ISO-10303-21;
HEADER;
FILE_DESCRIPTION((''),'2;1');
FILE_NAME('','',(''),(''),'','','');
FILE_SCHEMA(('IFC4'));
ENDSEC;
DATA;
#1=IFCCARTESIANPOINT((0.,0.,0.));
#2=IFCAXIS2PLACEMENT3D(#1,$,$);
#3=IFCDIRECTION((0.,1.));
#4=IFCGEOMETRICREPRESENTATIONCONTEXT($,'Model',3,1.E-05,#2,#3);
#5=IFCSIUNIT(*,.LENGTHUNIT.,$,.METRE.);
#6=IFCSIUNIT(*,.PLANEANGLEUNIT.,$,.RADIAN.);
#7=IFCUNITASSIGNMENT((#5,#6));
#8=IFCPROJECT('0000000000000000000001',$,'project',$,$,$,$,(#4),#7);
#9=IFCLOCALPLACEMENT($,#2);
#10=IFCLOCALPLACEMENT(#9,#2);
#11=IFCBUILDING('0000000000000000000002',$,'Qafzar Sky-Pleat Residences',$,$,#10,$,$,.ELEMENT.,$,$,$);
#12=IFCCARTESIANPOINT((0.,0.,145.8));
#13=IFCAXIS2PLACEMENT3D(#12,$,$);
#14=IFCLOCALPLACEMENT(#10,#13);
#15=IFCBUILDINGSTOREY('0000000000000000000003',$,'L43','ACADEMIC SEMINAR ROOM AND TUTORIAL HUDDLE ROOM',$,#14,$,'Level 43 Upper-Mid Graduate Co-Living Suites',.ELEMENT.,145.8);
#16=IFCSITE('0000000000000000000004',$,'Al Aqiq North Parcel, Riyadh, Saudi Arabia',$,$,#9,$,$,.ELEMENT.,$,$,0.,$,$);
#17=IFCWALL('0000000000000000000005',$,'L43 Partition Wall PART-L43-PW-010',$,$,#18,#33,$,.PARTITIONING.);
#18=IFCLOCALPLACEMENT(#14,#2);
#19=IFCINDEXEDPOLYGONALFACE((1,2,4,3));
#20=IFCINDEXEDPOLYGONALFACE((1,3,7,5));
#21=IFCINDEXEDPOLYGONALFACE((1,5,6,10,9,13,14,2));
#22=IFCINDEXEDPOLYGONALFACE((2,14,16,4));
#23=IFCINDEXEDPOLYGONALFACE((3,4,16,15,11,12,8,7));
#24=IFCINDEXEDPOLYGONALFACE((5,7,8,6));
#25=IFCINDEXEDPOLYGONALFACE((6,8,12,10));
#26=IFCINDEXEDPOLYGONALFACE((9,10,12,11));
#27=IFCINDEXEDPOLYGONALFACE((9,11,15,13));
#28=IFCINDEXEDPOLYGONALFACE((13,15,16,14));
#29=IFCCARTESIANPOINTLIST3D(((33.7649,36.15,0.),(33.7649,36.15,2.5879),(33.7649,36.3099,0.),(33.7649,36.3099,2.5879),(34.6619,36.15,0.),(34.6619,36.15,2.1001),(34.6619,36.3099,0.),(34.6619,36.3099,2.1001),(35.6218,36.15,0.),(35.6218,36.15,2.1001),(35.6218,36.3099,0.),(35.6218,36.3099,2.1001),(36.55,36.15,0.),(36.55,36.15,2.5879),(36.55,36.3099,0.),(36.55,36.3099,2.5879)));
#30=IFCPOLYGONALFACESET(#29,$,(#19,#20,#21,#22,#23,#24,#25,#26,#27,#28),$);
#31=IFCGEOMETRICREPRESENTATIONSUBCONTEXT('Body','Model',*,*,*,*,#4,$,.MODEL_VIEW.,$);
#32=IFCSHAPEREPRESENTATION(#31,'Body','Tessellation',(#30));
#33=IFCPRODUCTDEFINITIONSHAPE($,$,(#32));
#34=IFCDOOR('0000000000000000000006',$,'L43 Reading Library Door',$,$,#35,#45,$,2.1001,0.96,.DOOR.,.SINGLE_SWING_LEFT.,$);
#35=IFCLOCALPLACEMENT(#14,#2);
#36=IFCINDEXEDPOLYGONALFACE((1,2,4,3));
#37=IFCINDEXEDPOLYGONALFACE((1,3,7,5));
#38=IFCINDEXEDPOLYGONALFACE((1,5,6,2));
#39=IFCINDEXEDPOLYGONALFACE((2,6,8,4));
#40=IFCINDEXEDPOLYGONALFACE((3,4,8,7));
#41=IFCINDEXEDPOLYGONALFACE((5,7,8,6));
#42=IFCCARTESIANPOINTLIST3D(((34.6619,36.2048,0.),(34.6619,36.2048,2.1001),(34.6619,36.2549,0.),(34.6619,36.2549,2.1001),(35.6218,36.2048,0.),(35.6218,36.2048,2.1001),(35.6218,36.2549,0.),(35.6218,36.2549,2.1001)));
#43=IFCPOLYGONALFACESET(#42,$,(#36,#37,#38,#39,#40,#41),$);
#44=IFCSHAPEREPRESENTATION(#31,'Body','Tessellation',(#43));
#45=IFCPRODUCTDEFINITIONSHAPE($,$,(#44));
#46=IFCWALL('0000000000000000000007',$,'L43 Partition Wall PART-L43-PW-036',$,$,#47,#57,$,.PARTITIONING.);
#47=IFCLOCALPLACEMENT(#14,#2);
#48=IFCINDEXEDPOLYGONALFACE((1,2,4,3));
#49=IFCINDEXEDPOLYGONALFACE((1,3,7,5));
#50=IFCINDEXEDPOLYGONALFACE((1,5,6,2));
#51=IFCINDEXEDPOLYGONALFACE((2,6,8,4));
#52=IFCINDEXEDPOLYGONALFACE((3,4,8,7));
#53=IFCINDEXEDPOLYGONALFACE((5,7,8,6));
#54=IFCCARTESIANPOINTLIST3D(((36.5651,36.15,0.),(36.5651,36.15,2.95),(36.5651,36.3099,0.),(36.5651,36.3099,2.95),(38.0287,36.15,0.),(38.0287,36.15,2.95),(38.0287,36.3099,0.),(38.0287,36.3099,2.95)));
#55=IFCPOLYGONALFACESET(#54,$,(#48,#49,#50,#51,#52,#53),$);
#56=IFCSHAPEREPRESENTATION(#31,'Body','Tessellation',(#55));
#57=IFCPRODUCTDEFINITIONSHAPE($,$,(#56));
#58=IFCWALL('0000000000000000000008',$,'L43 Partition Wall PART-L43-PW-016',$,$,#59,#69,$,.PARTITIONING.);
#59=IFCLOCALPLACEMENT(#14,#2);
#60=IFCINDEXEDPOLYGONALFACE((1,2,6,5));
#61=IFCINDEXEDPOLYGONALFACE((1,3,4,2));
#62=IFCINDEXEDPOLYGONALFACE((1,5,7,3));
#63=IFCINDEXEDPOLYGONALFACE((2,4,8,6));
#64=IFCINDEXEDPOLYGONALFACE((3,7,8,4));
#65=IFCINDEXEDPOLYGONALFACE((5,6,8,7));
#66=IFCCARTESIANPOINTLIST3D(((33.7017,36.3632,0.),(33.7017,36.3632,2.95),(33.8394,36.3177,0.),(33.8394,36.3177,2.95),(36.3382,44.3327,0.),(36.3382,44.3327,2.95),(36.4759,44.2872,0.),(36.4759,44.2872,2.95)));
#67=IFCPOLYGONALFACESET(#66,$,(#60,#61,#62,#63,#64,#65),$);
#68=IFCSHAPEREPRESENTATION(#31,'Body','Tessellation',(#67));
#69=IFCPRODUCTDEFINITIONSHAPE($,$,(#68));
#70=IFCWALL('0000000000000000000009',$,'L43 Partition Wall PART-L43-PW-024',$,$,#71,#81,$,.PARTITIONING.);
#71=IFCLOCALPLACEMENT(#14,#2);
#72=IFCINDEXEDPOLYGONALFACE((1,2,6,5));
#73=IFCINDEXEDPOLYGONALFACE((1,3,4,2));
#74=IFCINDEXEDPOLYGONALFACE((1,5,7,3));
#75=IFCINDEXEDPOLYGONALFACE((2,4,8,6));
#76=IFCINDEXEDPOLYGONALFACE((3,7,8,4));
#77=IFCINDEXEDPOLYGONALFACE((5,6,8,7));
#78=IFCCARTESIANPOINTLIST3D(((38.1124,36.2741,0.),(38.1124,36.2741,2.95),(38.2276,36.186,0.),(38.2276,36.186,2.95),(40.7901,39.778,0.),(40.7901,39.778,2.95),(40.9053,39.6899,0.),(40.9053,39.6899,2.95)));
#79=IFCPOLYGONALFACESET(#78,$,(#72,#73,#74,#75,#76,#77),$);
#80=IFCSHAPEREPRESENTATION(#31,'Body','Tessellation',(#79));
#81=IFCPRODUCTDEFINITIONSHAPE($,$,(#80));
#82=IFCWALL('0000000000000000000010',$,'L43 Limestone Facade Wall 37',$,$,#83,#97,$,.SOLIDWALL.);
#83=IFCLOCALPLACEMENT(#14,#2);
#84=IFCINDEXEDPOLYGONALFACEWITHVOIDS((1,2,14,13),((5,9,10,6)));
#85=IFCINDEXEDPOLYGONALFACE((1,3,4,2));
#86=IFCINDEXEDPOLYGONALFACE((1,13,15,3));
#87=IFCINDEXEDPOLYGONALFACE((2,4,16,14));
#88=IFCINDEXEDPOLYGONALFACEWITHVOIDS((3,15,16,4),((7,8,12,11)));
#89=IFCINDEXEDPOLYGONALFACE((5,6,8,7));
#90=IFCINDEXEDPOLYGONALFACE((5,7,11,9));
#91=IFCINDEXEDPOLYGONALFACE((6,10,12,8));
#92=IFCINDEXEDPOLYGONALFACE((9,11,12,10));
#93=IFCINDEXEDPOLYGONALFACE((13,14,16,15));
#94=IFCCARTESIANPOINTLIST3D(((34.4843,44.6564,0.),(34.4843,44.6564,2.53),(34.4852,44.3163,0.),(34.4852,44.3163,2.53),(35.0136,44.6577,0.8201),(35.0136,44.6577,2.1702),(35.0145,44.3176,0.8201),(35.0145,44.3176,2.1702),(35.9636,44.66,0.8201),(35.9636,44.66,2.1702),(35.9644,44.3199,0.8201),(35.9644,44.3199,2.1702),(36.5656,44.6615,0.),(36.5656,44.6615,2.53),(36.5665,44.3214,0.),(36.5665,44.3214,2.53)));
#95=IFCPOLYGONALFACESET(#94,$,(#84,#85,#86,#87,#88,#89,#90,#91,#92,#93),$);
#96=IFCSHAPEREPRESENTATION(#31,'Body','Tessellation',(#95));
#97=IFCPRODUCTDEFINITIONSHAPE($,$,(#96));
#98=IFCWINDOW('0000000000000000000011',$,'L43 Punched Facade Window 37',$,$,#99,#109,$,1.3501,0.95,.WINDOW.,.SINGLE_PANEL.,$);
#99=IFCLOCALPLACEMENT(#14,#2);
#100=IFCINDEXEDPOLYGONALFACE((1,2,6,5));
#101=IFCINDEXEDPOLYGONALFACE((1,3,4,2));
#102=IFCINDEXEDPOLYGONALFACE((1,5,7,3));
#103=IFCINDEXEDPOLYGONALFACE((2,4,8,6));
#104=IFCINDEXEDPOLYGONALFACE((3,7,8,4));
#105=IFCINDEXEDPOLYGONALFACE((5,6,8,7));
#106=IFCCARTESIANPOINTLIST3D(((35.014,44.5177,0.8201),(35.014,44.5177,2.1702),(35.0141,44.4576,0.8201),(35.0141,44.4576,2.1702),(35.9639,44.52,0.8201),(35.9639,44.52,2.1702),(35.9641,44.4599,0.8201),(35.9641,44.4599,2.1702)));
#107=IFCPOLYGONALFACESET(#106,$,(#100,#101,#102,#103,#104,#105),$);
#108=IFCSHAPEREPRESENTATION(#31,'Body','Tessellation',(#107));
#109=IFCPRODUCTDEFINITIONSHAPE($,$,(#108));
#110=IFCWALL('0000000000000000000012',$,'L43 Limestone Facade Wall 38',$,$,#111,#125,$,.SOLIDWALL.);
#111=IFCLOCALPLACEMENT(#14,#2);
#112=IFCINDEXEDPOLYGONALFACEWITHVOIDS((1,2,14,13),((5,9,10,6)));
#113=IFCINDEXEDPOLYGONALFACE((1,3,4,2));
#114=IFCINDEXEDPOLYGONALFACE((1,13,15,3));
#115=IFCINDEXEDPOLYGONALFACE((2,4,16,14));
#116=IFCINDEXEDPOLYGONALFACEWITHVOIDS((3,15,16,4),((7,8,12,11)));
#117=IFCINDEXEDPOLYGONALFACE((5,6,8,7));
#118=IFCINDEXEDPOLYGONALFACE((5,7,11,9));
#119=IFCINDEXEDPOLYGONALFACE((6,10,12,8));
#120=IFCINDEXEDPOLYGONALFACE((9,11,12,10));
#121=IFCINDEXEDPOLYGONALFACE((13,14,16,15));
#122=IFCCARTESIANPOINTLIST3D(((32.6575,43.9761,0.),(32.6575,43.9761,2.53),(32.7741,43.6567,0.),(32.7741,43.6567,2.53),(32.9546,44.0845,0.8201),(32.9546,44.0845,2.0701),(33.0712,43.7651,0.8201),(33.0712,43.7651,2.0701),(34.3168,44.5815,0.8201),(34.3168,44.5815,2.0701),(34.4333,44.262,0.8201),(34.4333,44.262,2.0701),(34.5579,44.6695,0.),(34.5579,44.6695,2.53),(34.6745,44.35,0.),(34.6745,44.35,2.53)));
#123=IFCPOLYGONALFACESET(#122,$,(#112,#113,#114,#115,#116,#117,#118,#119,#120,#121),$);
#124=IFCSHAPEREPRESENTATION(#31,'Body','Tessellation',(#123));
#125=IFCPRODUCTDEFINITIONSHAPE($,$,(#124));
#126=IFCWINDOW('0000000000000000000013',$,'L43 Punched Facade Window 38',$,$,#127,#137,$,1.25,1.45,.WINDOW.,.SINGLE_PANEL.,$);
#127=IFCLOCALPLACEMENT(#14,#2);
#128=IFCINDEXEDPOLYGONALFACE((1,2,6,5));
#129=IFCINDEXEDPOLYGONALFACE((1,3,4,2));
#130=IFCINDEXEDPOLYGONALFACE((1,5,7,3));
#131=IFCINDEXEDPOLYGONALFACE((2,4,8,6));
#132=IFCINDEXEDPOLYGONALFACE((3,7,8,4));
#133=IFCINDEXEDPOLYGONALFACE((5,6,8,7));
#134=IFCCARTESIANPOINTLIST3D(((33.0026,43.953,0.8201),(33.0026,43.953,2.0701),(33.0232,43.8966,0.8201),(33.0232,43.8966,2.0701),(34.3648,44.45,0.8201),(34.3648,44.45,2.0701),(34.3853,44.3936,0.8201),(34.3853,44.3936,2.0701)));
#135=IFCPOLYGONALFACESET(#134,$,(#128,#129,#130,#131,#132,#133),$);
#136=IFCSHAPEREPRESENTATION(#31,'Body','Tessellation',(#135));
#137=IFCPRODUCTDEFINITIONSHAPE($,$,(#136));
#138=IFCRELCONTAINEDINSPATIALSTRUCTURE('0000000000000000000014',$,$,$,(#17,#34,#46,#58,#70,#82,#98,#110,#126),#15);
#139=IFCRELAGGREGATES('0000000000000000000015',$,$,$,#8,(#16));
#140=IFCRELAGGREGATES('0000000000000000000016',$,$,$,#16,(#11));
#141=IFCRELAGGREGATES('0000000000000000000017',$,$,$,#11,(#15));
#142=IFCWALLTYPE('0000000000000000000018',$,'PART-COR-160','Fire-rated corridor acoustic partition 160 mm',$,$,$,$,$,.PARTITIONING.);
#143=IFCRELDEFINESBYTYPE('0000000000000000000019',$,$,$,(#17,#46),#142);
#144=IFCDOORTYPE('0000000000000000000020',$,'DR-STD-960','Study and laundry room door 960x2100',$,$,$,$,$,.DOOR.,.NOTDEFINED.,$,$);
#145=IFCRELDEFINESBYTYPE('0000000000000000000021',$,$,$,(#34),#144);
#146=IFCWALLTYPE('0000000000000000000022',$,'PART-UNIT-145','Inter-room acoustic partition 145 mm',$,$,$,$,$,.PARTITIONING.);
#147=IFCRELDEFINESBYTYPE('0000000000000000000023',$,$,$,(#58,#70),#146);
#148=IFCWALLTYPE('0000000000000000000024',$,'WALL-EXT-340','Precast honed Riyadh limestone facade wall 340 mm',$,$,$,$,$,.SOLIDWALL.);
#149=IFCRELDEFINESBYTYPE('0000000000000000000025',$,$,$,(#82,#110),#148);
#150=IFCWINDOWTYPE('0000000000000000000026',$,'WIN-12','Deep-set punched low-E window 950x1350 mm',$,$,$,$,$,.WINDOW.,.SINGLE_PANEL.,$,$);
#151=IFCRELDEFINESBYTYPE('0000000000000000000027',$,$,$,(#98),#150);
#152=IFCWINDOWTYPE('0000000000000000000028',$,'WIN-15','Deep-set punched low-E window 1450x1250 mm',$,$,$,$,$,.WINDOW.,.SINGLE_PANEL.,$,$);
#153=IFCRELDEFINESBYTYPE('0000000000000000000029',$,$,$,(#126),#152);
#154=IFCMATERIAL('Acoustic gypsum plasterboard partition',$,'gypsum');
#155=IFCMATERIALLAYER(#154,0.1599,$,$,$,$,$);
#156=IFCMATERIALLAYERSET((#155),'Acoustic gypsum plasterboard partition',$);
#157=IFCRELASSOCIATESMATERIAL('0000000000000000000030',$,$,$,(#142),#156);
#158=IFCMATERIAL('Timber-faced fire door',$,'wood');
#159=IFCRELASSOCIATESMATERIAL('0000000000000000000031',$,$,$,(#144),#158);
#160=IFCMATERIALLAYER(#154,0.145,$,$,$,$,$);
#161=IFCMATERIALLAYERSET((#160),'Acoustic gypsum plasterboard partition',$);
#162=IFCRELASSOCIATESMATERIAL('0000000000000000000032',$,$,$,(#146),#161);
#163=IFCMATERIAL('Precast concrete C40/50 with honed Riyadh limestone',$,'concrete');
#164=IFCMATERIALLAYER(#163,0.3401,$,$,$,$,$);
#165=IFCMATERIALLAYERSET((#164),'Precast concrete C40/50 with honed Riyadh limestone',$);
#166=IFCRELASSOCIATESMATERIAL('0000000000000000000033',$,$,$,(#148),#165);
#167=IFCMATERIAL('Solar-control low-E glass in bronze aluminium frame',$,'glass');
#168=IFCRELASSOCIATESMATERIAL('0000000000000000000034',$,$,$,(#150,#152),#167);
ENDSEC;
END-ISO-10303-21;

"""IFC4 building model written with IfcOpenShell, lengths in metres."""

from ifc_helpers import new_model, si_unit, direction, frame, frame_2d, origin, place, context, subcontext, project, spatial, rectangle, extrude, source, transform, mapped, material, layer, layer_set, type_object, element, fill, save


model = new_model("IFC4")

# Units and contexts
model_context = context("Model", 3, precision=1e-05, world=origin(), true_north=direction((0.0, 1.0)))
body_context = subcontext(model_context, "Body", "Model", "MODEL_VIEW")
ifc_project = project(units=[si_unit("LENGTHUNIT", "METRE"), si_unit("PLANEANGLEUNIT", "RADIAN")], contexts=[model_context])

# Site, building, storey
site_placement = place(None, origin())
site = spatial("IfcSite", under=ifc_project, at=site_placement, Name="Al Aqiq North Parcel, Riyadh, Saudi Arabia", CompositionType="ELEMENT", RefElevation=0.0)
building_placement = place(site_placement, origin())
building = spatial("IfcBuilding", under=site, at=building_placement, Name="Qafzar Sky-Pleat Residences", CompositionType="ELEMENT")
storey_placement = place(building_placement, frame((0.0, 0.0, 145.8)))
storey = spatial("IfcBuildingStorey", under=building, at=storey_placement, Name="L43", Description="ACADEMIC SEMINAR ROOM AND TUTORIAL HUDDLE ROOM", LongName="Level 43 Upper-Mid Graduate Co-Living Suites", CompositionType="ELEMENT", Elevation=145.8)

# Wall, opening, door
ifc_material_1 = material(Name="Acoustic gypsum plasterboard partition", Category="gypsum")
ifc_layer_1 = layer(ifc_material_1, 0.1599)
ifc_layer_set_1 = layer_set([ifc_layer_1], Name="Acoustic gypsum plasterboard partition")
wall_type_1 = type_object("IfcWallType", Name="PART-COR-160", Description="Fire-rated corridor acoustic partition 160 mm", PredefinedType="PARTITIONING", material=ifc_layer_set_1)
wall_1_placement = place(storey_placement, frame((33.7649, 36.23, 0.0), z_axis=(0.0, 0.0, 1.0), x_axis=(1.0, 0.0, 0.0)))
wall_1 = element("IfcWall", 1, at=wall_1_placement, inside=storey, type_object=wall_type_1, Name="L43 Partition Wall PART-L43-PW-010", PredefinedType="PARTITIONING", context=body_context, shape_type="SweptSolid", body=[
    extrude(rectangle(XDim=2.7852, YDim=0.1599, at=frame_2d((1.3926, 0.0))), origin(), (0.0, 0.0, 1.0), 2.5879),
])
opening_1_placement = place(wall_1_placement, frame((0.897, 0.0, 0.0)))
opening_1 = element("IfcOpeningElement", 2, at=opening_1_placement, cuts=wall_1, PredefinedType="OPENING", context=body_context, shape_type="SweptSolid", body=[
    extrude(rectangle(XDim=0.96, YDim=2.1001, at=frame_2d((0.48, 1.05))), frame((0.0, 0.0898, 0.0), z_axis=(0.0, -1.0, 0.0), x_axis=(1.0, 0.0, 0.0)), (0.0, 0.0, 1.0), 0.1799),
])
ifc_material_2 = material(Name="Timber-faced fire door", Category="wood")
door_type_1 = type_object("IfcDoorType", Name="DR-STD-960", Description="Study and laundry room door 960x2100", OperationType="NOTDEFINED", PredefinedType="DOOR", material=ifc_material_2)
shared_shape_1 = source(origin(), body_context, "Body", "SweptSolid", [
    extrude(rectangle(XDim=0.96, YDim=2.1001, at=frame_2d((0.48, 1.05))), frame((0.0, 0.0249, 0.0), z_axis=(0.0, -1.0, 0.0), x_axis=(1.0, 0.0, 0.0)), (0.0, 0.0, 1.0), 0.05),
])
door_1_placement = place(opening_1_placement, origin())
door_1 = element("IfcDoor", 3, at=door_1_placement, inside=storey, type_object=door_type_1, Name="L43 Reading Library Door", OperationType="SINGLE_SWING_LEFT", OverallHeight=2.1001, OverallWidth=0.96, PredefinedType="DOOR", context=body_context, shape_type="MappedRepresentation", body=[
    mapped(shared_shape_1, transform((0.0, 0.0, 0.0), x_axis=(1.0, 0.0, 0.0), y_axis=(0.0, 1.0, 0.0), z_axis=(0.0, 0.0, 1.0), scale=1.0)),
])
fill(opening_1, door_1)

# Walls
wall_2_placement = place(storey_placement, frame((36.5649, 36.23, 0.0), z_axis=(0.0, 0.0, 1.0), x_axis=(1.0, 0.0, 0.0)))
element("IfcWall", 4, at=wall_2_placement, inside=storey, type_object=wall_type_1, Name="L43 Partition Wall PART-L43-PW-036", PredefinedType="PARTITIONING", context=body_context, shape_type="SweptSolid", body=[
    extrude(rectangle(XDim=1.4636, YDim=0.1599, at=frame_2d((0.7319, 0.0))), origin(), (0.0, 0.0, 1.0), 2.95),
])
ifc_layer_2 = layer(ifc_material_1, 0.145)
ifc_layer_set_2 = layer_set([ifc_layer_2], Name="Acoustic gypsum plasterboard partition")
wall_type_2 = type_object("IfcWallType", Name="PART-UNIT-145", Description="Inter-room acoustic partition 145 mm", PredefinedType="PARTITIONING", material=ifc_layer_set_2)
wall_3_placement = place(storey_placement, frame((33.7705, 36.3403, 0.0), z_axis=(0.0, 0.0, 1.0), x_axis=(0.314081, 0.949396, 0.0)))
element("IfcWall", 5, at=wall_3_placement, inside=storey, type_object=wall_type_2, Name="L43 Partition Wall PART-L43-PW-016", PredefinedType="PARTITIONING", context=body_context, shape_type="SweptSolid", body=[
    extrude(rectangle(XDim=8.3943, YDim=0.145, at=frame_2d((4.1973, 0.0))), origin(), (0.0, 0.0, 1.0), 2.95),
])
wall_4_placement = place(storey_placement, frame((38.1699, 36.23, 0.0), z_axis=(0.0, 0.0, 1.0), x_axis=(0.607203, 0.794546, 0.0)))
element("IfcWall", 6, at=wall_4_placement, inside=storey, type_object=wall_type_2, Name="L43 Partition Wall PART-L43-PW-024", PredefinedType="PARTITIONING", context=body_context, shape_type="SweptSolid", body=[
    extrude(rectangle(XDim=4.4099, YDim=0.145, at=frame_2d((2.2051, 0.0))), origin(), (0.0, 0.0, 1.0), 2.95),
])

# Walls, openings, windows
ifc_material_3 = material(Name="Precast concrete C40/50 with honed Riyadh limestone", Category="concrete")
ifc_layer_3 = layer(ifc_material_3, 0.3401)
ifc_layer_set_3 = layer_set([ifc_layer_3], Name="Precast concrete C40/50 with honed Riyadh limestone")
wall_type_3 = type_object("IfcWallType", Name="WALL-EXT-340", Description="Precast honed Riyadh limestone facade wall 340 mm", PredefinedType="SOLIDWALL", material=ifc_layer_set_3)
wall_5_placement = place(storey_placement, frame((36.5659, 44.4915, 0.0), z_axis=(0.0, 0.0, 1.0), x_axis=(-0.999997, -0.002463, 0.0)))
wall_5 = element("IfcWall", 7, at=wall_5_placement, inside=storey, type_object=wall_type_3, Name="L43 Limestone Facade Wall 37", PredefinedType="SOLIDWALL", context=body_context, shape_type="SweptSolid", body=[
    extrude(rectangle(XDim=2.0813, YDim=0.3401, at=frame_2d((1.0405, 0.0))), origin(), (0.0, 0.0, 1.0), 2.53),
])
opening_2_placement = place(wall_5_placement, frame((0.6018, 0.0, 0.8201)))
opening_2 = element("IfcOpeningElement", 8, at=opening_2_placement, cuts=wall_5, PredefinedType="OPENING", context=body_context, shape_type="SweptSolid", body=[
    extrude(rectangle(XDim=0.95, YDim=1.3501, at=frame_2d((0.4751, 0.675))), frame((0.0, 0.1802, 0.0), z_axis=(0.0, -1.0, 0.0), x_axis=(1.0, 0.0, 0.0)), (0.0, 0.0, 1.0), 0.3601),
])
ifc_material_4 = material(Name="Solar-control low-E glass in bronze aluminium frame", Category="glass")
window_type_1 = type_object("IfcWindowType", Name="WIN-12", Description="Deep-set punched low-E window 950x1350 mm", PartitioningType="SINGLE_PANEL", PredefinedType="WINDOW", material=ifc_material_4)
shared_shape_2 = source(origin(), body_context, "Body", "SweptSolid", [
    extrude(rectangle(XDim=0.95, YDim=1.3501, at=frame_2d((0.4751, 0.675))), frame((0.0, 0.03, 0.0), z_axis=(0.0, -1.0, 0.0), x_axis=(1.0, 0.0, 0.0)), (0.0, 0.0, 1.0), 0.0601),
])
window_1_placement = place(opening_2_placement, origin())
window_1 = element("IfcWindow", 9, at=window_1_placement, inside=storey, type_object=window_type_1, Name="L43 Punched Facade Window 37", OverallHeight=1.3501, OverallWidth=0.95, PartitioningType="SINGLE_PANEL", PredefinedType="WINDOW", context=body_context, shape_type="MappedRepresentation", body=[
    mapped(shared_shape_2, transform((0.0, 0.0, 0.0), x_axis=(1.0, 0.0, 0.0), y_axis=(0.0, 1.0, 0.0), z_axis=(0.0, 0.0, 1.0), scale=1.0)),
])
fill(opening_2, window_1)
wall_6_placement = place(storey_placement, frame((34.6162, 44.5098, 0.0), z_axis=(0.0, 0.0, 1.0), x_axis=(-0.939426, -0.342751, 0.0)))
wall_6 = element("IfcWall", 10, at=wall_6_placement, inside=storey, type_object=wall_type_3, Name="L43 Limestone Facade Wall 38", PredefinedType="SOLIDWALL", context=body_context, shape_type="SweptSolid", body=[
    extrude(rectangle(XDim=2.0229, YDim=0.3401, at=frame_2d((1.0115, 0.0))), origin(), (0.0, 0.0, 1.0), 2.53),
])
opening_3_placement = place(wall_6_placement, frame((0.2566, 0.0, 0.8201)))
opening_3 = element("IfcOpeningElement", 11, at=opening_3_placement, cuts=wall_6, PredefinedType="OPENING", context=body_context, shape_type="SweptSolid", body=[
    extrude(rectangle(XDim=1.45, YDim=1.25, at=frame_2d((0.7251, 0.625))), frame((0.0, 0.1802, 0.0), z_axis=(0.0, -1.0, 0.0), x_axis=(1.0, 0.0, 0.0)), (0.0, 0.0, 1.0), 0.3601),
])
window_type_2 = type_object("IfcWindowType", Name="WIN-15", Description="Deep-set punched low-E window 1450x1250 mm", PartitioningType="SINGLE_PANEL", PredefinedType="WINDOW", material=ifc_material_4)
shared_shape_3 = source(origin(), body_context, "Body", "SweptSolid", [
    extrude(rectangle(XDim=1.45, YDim=1.25, at=frame_2d((0.7251, 0.625))), frame((0.0, 0.03, 0.0), z_axis=(0.0, -1.0, 0.0), x_axis=(1.0, 0.0, 0.0)), (0.0, 0.0, 1.0), 0.0601),
])
window_2_placement = place(opening_3_placement, origin())
window_2 = element("IfcWindow", 12, at=window_2_placement, inside=storey, type_object=window_type_2, Name="L43 Punched Facade Window 38", OverallHeight=1.25, OverallWidth=1.45, PartitioningType="SINGLE_PANEL", PredefinedType="WINDOW", context=body_context, shape_type="MappedRepresentation", body=[
    mapped(shared_shape_3, transform((0.0, 0.0, 0.0), x_axis=(1.0, 0.0, 0.0), y_axis=(0.0, 1.0, 0.0), z_axis=(0.0, 0.0, 1.0), scale=1.0)),
])
fill(opening_3, window_2)

save(model, "model.ifc")
